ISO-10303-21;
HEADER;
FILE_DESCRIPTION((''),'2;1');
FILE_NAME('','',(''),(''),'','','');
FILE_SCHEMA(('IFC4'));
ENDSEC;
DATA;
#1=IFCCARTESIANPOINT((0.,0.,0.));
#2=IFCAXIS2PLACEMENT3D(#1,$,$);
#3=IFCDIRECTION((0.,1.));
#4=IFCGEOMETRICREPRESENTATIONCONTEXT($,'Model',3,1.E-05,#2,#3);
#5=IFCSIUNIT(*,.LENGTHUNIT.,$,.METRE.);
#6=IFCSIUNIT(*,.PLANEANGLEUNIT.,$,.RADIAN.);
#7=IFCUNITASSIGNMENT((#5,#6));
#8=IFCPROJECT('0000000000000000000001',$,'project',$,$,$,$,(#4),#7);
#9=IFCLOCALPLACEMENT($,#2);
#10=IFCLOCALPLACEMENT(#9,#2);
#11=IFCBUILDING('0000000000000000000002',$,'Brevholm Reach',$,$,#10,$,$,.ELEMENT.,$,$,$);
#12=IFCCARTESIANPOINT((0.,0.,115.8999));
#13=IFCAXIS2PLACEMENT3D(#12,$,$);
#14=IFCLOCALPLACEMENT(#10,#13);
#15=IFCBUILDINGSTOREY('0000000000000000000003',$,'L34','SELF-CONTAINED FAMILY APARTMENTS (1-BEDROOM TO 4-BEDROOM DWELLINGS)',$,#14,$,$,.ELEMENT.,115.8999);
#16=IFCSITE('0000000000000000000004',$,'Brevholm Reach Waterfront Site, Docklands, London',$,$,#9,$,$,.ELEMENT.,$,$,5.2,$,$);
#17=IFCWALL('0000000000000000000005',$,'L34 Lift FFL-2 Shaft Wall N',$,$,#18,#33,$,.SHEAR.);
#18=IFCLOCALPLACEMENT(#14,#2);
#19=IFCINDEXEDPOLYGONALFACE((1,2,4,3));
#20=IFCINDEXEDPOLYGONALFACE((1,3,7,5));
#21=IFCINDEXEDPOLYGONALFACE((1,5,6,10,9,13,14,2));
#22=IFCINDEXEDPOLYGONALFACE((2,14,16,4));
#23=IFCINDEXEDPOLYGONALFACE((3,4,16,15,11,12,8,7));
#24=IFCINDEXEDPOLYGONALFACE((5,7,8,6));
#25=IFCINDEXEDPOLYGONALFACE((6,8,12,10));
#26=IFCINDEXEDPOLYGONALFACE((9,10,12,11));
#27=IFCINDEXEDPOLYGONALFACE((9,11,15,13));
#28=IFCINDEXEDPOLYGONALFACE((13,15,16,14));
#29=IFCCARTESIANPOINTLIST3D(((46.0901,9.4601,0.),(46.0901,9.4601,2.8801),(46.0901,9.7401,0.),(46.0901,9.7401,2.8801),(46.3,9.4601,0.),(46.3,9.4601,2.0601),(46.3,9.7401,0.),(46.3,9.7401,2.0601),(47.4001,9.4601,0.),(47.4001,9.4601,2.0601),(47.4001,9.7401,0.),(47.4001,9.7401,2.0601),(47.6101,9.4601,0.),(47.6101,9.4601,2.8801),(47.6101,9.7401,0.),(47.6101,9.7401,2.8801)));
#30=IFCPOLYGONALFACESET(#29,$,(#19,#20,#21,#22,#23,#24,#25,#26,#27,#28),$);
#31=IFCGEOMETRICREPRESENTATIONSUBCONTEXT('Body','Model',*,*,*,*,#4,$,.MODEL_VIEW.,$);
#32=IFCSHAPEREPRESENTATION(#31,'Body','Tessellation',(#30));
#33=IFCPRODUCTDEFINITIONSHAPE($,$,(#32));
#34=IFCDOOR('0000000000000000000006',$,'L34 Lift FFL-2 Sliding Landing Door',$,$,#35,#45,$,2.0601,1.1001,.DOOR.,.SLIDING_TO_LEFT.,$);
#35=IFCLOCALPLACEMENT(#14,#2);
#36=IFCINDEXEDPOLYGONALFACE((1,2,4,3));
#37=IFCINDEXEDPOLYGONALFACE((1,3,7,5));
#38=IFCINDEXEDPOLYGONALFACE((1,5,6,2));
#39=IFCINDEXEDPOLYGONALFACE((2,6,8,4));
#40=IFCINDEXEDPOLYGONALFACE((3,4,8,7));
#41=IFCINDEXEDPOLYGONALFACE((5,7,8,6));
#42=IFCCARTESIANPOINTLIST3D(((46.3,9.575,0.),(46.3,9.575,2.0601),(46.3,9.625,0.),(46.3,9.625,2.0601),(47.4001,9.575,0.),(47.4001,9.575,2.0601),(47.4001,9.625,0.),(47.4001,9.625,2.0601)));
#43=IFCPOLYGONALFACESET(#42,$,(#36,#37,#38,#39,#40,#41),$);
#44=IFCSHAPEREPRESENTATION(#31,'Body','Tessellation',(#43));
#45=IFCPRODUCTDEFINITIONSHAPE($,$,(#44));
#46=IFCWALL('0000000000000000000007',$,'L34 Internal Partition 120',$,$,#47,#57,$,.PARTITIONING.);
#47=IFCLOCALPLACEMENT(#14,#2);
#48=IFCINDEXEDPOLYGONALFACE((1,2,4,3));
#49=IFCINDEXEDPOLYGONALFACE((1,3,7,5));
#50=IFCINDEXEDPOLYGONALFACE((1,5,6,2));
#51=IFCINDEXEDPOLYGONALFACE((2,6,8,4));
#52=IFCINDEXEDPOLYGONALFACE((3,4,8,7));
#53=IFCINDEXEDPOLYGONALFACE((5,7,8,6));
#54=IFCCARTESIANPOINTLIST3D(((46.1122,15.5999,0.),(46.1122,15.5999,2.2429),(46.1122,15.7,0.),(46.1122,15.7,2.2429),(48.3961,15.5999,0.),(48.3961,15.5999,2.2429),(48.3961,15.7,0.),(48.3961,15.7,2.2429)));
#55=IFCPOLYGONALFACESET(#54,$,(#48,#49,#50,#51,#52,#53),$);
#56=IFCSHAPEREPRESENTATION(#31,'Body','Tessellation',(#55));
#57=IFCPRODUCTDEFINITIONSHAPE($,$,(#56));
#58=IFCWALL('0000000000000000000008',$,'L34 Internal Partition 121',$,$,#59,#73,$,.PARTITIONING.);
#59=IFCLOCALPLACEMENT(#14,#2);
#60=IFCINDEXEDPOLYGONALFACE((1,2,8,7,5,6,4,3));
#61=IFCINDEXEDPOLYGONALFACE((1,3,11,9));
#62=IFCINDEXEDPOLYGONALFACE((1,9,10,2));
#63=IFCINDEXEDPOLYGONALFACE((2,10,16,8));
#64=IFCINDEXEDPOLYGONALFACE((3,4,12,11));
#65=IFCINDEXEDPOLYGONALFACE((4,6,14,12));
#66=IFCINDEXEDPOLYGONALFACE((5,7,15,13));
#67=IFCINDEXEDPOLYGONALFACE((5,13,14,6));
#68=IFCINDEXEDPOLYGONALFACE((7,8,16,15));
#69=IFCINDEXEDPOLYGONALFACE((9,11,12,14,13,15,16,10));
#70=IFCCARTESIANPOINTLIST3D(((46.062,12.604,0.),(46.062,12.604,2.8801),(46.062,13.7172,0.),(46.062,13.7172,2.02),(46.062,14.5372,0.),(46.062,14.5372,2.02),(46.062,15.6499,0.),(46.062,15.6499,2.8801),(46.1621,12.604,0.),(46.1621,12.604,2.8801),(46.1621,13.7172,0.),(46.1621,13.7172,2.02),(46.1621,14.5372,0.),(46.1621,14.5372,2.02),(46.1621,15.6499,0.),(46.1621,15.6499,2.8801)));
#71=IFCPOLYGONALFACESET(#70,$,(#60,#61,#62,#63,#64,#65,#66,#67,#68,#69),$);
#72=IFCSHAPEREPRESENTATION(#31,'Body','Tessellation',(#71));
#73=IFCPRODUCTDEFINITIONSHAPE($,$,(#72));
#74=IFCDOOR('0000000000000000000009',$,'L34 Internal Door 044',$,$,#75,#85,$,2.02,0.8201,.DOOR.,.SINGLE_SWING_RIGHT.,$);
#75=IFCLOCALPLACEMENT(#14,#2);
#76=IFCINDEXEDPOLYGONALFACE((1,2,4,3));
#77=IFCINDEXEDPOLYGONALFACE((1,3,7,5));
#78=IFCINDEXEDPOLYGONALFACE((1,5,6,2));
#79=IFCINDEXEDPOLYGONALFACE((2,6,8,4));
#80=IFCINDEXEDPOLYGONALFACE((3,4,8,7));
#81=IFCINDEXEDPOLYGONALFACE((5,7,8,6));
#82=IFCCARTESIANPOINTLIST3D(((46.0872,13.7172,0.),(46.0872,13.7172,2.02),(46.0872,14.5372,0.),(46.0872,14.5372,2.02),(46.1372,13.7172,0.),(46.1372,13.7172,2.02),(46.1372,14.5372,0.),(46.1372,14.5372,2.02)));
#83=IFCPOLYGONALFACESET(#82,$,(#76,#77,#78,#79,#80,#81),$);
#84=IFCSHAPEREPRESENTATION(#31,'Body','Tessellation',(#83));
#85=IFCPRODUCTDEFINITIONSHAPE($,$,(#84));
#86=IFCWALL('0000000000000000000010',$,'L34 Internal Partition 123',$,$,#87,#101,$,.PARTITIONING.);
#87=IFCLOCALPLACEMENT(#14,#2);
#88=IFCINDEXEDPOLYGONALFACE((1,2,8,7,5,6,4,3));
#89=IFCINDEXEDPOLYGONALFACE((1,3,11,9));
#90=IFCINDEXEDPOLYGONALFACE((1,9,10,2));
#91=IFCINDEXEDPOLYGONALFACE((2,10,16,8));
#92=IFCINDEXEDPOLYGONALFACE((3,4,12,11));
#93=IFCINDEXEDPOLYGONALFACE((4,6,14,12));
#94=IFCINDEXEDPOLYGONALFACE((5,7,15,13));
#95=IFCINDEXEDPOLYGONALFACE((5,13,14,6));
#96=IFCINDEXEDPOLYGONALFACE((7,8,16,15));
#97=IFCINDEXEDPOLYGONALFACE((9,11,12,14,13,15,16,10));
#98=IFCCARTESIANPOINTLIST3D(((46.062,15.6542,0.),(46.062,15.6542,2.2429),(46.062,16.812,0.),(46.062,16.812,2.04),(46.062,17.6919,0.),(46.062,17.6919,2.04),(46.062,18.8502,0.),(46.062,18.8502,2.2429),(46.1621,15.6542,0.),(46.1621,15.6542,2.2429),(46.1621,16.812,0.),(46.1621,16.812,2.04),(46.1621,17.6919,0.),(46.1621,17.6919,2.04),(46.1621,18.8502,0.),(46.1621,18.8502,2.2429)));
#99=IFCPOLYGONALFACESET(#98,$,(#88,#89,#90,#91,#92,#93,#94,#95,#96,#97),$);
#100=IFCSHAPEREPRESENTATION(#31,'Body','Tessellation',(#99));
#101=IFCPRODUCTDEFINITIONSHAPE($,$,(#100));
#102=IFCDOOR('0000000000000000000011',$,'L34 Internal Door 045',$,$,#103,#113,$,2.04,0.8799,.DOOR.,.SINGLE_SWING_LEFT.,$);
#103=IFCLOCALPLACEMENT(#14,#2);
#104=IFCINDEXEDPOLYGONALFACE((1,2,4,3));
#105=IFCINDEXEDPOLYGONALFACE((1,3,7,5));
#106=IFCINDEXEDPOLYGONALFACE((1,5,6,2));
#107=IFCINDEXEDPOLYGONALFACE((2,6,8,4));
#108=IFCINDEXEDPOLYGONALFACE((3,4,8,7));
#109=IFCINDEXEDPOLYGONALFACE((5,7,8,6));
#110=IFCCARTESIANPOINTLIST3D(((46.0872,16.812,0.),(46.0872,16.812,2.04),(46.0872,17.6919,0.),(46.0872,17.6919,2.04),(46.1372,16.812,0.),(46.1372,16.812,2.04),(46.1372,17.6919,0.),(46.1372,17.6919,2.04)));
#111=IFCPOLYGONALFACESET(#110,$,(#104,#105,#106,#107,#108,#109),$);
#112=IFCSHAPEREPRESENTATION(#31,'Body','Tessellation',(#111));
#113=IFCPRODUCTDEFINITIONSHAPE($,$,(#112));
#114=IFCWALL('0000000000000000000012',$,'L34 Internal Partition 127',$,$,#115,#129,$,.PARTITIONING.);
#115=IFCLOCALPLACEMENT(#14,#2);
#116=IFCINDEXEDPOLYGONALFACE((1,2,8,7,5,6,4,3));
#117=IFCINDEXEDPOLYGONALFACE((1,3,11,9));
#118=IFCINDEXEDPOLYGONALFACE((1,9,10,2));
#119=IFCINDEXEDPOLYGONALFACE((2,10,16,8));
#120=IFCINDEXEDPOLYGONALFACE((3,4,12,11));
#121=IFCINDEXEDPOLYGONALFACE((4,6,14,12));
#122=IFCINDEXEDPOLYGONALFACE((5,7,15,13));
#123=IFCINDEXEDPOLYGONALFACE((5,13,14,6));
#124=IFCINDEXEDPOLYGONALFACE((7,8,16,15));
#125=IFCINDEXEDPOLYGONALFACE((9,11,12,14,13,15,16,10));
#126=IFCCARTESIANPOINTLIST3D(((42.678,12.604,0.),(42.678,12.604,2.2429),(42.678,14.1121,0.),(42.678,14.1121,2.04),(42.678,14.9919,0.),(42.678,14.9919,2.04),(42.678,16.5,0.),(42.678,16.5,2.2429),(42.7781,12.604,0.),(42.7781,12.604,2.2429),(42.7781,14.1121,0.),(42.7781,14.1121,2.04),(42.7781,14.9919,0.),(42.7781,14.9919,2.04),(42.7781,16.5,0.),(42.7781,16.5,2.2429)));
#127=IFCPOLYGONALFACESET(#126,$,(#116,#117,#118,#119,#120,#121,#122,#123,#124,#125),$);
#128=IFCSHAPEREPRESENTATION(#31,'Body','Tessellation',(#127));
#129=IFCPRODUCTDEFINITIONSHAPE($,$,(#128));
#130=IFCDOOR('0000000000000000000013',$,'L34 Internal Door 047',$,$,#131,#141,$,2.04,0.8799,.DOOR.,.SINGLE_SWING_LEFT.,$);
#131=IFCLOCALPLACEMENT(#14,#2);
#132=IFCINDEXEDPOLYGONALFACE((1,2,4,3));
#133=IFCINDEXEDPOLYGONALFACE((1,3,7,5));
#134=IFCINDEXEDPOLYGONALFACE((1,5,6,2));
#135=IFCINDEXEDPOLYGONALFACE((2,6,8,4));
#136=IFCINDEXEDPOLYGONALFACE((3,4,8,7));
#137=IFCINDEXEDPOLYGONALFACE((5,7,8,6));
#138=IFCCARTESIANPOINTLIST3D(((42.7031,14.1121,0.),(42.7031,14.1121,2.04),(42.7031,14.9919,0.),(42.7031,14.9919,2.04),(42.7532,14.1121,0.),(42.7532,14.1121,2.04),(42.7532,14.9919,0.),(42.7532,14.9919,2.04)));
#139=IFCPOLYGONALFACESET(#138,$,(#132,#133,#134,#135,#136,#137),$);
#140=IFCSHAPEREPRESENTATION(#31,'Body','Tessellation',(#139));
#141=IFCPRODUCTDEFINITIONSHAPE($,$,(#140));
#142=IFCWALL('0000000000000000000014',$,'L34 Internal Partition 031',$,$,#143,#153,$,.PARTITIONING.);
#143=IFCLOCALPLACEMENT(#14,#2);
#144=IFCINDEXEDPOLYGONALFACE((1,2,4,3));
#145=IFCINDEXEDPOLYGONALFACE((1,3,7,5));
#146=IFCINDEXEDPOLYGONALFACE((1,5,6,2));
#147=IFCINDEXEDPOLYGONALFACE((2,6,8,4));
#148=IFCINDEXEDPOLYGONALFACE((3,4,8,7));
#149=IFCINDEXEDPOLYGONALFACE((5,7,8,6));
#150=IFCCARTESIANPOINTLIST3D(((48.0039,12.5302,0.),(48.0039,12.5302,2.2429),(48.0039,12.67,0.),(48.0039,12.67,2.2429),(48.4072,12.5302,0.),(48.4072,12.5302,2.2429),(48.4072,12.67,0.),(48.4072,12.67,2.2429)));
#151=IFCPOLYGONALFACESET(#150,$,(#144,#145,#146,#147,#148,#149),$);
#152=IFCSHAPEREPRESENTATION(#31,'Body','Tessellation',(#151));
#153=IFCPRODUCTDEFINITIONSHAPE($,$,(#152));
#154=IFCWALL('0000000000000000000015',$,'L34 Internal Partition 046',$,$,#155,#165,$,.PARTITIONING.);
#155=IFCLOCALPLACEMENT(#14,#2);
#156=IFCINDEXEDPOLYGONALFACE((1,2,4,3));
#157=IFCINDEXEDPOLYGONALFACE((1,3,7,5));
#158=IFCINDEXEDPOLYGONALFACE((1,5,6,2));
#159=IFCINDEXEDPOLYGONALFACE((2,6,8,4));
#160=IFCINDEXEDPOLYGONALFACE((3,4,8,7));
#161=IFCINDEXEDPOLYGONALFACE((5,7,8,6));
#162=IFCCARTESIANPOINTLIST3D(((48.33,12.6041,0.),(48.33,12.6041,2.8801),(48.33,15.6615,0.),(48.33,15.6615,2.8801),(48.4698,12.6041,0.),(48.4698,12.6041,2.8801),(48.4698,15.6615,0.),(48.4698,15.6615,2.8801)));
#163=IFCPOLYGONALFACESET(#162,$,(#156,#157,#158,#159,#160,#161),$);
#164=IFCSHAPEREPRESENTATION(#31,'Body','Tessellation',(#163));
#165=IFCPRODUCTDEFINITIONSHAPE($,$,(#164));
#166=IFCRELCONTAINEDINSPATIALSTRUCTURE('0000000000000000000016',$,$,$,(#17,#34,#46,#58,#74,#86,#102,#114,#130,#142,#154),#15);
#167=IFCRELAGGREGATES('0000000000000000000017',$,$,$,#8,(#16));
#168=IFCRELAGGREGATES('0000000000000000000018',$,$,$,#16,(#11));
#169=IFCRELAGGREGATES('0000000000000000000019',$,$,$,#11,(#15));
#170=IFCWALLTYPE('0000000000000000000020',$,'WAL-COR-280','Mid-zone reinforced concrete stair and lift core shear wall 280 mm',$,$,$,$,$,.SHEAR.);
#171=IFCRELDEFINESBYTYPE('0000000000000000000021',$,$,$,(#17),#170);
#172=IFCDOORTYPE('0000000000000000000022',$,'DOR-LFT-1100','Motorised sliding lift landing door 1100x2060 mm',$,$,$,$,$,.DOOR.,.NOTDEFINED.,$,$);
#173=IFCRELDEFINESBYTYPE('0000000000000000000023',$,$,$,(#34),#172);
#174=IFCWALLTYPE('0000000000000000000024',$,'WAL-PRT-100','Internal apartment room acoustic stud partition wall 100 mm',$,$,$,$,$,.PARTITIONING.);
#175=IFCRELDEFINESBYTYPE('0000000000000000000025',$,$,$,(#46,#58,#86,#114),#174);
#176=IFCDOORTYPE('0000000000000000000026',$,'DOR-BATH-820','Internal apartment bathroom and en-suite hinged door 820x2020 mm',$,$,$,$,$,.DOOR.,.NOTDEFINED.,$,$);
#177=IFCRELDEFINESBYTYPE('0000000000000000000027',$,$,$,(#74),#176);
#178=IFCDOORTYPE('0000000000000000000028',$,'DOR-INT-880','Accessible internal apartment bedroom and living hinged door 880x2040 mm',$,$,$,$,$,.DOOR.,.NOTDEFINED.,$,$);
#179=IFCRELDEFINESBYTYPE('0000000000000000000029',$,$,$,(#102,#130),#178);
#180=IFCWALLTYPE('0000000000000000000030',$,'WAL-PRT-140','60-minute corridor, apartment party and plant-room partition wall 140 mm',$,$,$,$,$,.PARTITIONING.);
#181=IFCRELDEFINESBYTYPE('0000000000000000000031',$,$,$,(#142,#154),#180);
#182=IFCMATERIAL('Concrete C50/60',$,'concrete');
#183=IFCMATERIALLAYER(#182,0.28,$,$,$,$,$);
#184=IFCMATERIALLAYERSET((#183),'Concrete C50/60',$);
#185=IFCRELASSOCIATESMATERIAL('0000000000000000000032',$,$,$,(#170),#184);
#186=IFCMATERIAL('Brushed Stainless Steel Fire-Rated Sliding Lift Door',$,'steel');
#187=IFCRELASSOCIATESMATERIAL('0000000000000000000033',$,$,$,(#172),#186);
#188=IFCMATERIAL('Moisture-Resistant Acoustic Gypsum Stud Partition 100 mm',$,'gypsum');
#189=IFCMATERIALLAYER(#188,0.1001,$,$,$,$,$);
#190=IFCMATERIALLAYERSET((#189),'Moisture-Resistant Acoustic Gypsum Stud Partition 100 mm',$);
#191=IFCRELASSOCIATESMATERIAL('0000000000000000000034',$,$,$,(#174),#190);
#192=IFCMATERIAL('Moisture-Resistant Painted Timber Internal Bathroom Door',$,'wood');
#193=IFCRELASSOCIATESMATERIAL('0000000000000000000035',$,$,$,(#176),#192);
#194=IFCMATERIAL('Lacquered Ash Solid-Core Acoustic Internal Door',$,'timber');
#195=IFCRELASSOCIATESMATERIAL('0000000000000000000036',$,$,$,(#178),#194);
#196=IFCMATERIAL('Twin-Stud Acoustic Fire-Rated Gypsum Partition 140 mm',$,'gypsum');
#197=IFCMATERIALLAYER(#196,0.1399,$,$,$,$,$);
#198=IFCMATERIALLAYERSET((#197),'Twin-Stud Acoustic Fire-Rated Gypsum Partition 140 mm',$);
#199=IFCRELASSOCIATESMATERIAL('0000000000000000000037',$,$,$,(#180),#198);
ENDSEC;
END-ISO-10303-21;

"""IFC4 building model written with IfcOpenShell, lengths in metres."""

from ifc_helpers import new_model, si_unit, direction, frame, frame_2d, origin, place, context, subcontext, project, spatial, rectangle, extrude, material, layer, layer_set, type_object, element, fill, save


model = new_model("IFC4")

# Units and contexts
model_context = context("Model", 3, precision=1e-05, world=origin(), true_north=direction((0.0, 1.0)))
body_context = subcontext(model_context, "Body", "Model", "MODEL_VIEW")
ifc_project = project(units=[si_unit("LENGTHUNIT", "METRE"), si_unit("PLANEANGLEUNIT", "RADIAN")], contexts=[model_context])

# Site, building, storey
site_placement = place(None, origin())
site = spatial("IfcSite", under=ifc_project, at=site_placement, Name="Brevholm Reach Waterfront Site, Docklands, London", CompositionType="ELEMENT", RefElevation=5.2)
building_placement = place(site_placement, origin())
building = spatial("IfcBuilding", under=site, at=building_placement, Name="Brevholm Reach", CompositionType="ELEMENT")
storey_placement = place(building_placement, frame((0.0, 0.0, 115.8999)))
storey = spatial("IfcBuildingStorey", under=building, at=storey_placement, Name="L34", Description="SELF-CONTAINED FAMILY APARTMENTS (1-BEDROOM TO 4-BEDROOM DWELLINGS)", CompositionType="ELEMENT", Elevation=115.8999)

# Wall, opening, door
ifc_material_1 = material(Name="Concrete C50/60", Category="concrete")
ifc_layer_1 = layer(ifc_material_1, 0.28)
ifc_layer_set_1 = layer_set([ifc_layer_1], Name="Concrete C50/60")
wall_type_1 = type_object("IfcWallType", Name="WAL-COR-280", Description="Mid-zone reinforced concrete stair and lift core shear wall 280 mm", PredefinedType="SHEAR", material=ifc_layer_set_1)
wall_1_placement = place(storey_placement, frame((46.0901, 9.6001, 0.0), z_axis=(0.0, 0.0, 1.0), x_axis=(1.0, 0.0, 0.0)))
wall_1 = element("IfcWall", 1, at=wall_1_placement, inside=storey, type_object=wall_type_1, Name="L34 Lift FFL-2 Shaft Wall N", PredefinedType="SHEAR", context=body_context, shape_type="SweptSolid", body=[
    extrude(rectangle(XDim=1.52, YDim=0.28, at=frame_2d((0.76, 0.0))), origin(), (0.0, 0.0, 1.0), 2.8801),
])
opening_1_placement = place(wall_1_placement, frame((0.21, 0.0, 0.0)))
opening_1 = element("IfcOpeningElement", 2, at=opening_1_placement, cuts=wall_1, PredefinedType="OPENING", context=body_context, shape_type="SweptSolid", body=[
    extrude(rectangle(XDim=1.1001, YDim=2.0601, at=frame_2d((0.55, 1.03))), frame((0.0, 0.1499, 0.0), z_axis=(0.0, -1.0, 0.0), x_axis=(1.0, 0.0, 0.0)), (0.0, 0.0, 1.0), 0.3),
])
ifc_material_2 = material(Name="Brushed Stainless Steel Fire-Rated Sliding Lift Door", Category="steel")
door_type_1 = type_object("IfcDoorType", Name="DOR-LFT-1100", Description="Motorised sliding lift landing door 1100x2060 mm", OperationType="NOTDEFINED", PredefinedType="DOOR", material=ifc_material_2)
door_1_placement = place(opening_1_placement, origin())
door_1 = element("IfcDoor", 3, at=door_1_placement, inside=storey, type_object=door_type_1, Name="L34 Lift FFL-2 Sliding Landing Door", OperationType="SLIDING_TO_LEFT", OverallHeight=2.0601, OverallWidth=1.1001, PredefinedType="DOOR", context=body_context, shape_type="SweptSolid", body=[
    extrude(rectangle(XDim=1.1001, YDim=2.0601, at=frame_2d((0.55, 1.03))), frame((0.0, 0.0249, 0.0), z_axis=(0.0, -1.0, 0.0), x_axis=(1.0, 0.0, 0.0)), (0.0, 0.0, 1.0), 0.05),
])
fill(opening_1, door_1)

# Wall
ifc_material_3 = material(Name="Moisture-Resistant Acoustic Gypsum Stud Partition 100 mm", Category="gypsum")
ifc_layer_2 = layer(ifc_material_3, 0.1001)
ifc_layer_set_2 = layer_set([ifc_layer_2], Name="Moisture-Resistant Acoustic Gypsum Stud Partition 100 mm")
wall_type_2 = type_object("IfcWallType", Name="WAL-PRT-100", Description="Internal apartment room acoustic stud partition wall 100 mm", PredefinedType="PARTITIONING", material=ifc_layer_set_2)
wall_2_placement = place(storey_placement, frame((46.1121, 15.6499, 0.0), z_axis=(0.0, 0.0, 1.0), x_axis=(1.0, 0.0, 0.0)))
element("IfcWall", 4, at=wall_2_placement, inside=storey, type_object=wall_type_2, Name="L34 Internal Partition 120", PredefinedType="PARTITIONING", context=body_context, shape_type="SweptSolid", body=[
    extrude(rectangle(XDim=2.2839, YDim=0.1001, at=frame_2d((1.1421, 0.0))), origin(), (0.0, 0.0, 1.0), 2.2429),
])

# Walls, openings, doors
wall_3_placement = place(storey_placement, frame((46.1121, 12.604, 0.0), z_axis=(0.0, 0.0, 1.0), x_axis=(0.0, 1.0, 0.0)))
wall_3 = element("IfcWall", 5, at=wall_3_placement, inside=storey, type_object=wall_type_2, Name="L34 Internal Partition 121", PredefinedType="PARTITIONING", context=body_context, shape_type="SweptSolid", body=[
    extrude(rectangle(XDim=3.0459, YDim=0.1001, at=frame_2d((1.5229, 0.0))), origin(), (0.0, 0.0, 1.0), 2.8801),
])
opening_2_placement = place(wall_3_placement, frame((1.113, 0.0, 0.0)))
opening_2 = element("IfcOpeningElement", 6, at=opening_2_placement, cuts=wall_3, PredefinedType="OPENING", context=body_context, shape_type="SweptSolid", body=[
    extrude(rectangle(XDim=0.8201, YDim=2.02, at=frame_2d((0.4102, 1.01))), frame((0.0, 0.0601, 0.0), z_axis=(0.0, -1.0, 0.0), x_axis=(1.0, 0.0, 0.0)), (0.0, 0.0, 1.0), 0.1201),
])
ifc_material_4 = material(Name="Moisture-Resistant Painted Timber Internal Bathroom Door", Category="wood")
door_type_2 = type_object("IfcDoorType", Name="DOR-BATH-820", Description="Internal apartment bathroom and en-suite hinged door 820x2020 mm", OperationType="NOTDEFINED", PredefinedType="DOOR", material=ifc_material_4)
door_2_placement = place(opening_2_placement, origin())
door_2 = element("IfcDoor", 7, at=door_2_placement, inside=storey, type_object=door_type_2, Name="L34 Internal Door 044", OperationType="SINGLE_SWING_RIGHT", OverallHeight=2.02, OverallWidth=0.8201, PredefinedType="DOOR", context=body_context, shape_type="SweptSolid", body=[
    extrude(rectangle(XDim=0.8201, YDim=2.02, at=frame_2d((0.4102, 1.01))), frame((0.0, 0.0249, 0.0), z_axis=(0.0, -1.0, 0.0), x_axis=(1.0, 0.0, 0.0)), (0.0, 0.0, 1.0), 0.05),
])
fill(opening_2, door_2)
wall_4_placement = place(storey_placement, frame((46.1121, 15.6541, 0.0), z_axis=(0.0, 0.0, 1.0), x_axis=(0.0, 1.0, 0.0)))
wall_4 = element("IfcWall", 8, at=wall_4_placement, inside=storey, type_object=wall_type_2, Name="L34 Internal Partition 123", PredefinedType="PARTITIONING", context=body_context, shape_type="SweptSolid", body=[
    extrude(rectangle(XDim=3.196, YDim=0.1001, at=frame_2d((1.5981, 0.0))), origin(), (0.0, 0.0, 1.0), 2.2429),
])
opening_3_placement = place(wall_4_placement, frame((1.158, 0.0, 0.0)))
opening_3 = element("IfcOpeningElement", 9, at=opening_3_placement, cuts=wall_4, PredefinedType="OPENING", context=body_context, shape_type="SweptSolid", body=[
    extrude(rectangle(XDim=0.8799, YDim=2.04, at=frame_2d((0.4399, 1.02))), frame((0.0, 0.0601, 0.0), z_axis=(0.0, -1.0, 0.0), x_axis=(1.0, 0.0, 0.0)), (0.0, 0.0, 1.0), 0.1201),
])
ifc_material_5 = material(Name="Lacquered Ash Solid-Core Acoustic Internal Door", Category="timber")
door_type_3 = type_object("IfcDoorType", Name="DOR-INT-880", Description="Accessible internal apartment bedroom and living hinged door 880x2040 mm", OperationType="NOTDEFINED", PredefinedType="DOOR", material=ifc_material_5)
door_3_placement = place(opening_3_placement, origin())
door_3 = element("IfcDoor", 10, at=door_3_placement, inside=storey, type_object=door_type_3, Name="L34 Internal Door 045", OperationType="SINGLE_SWING_LEFT", OverallHeight=2.04, OverallWidth=0.8799, PredefinedType="DOOR", context=body_context, shape_type="SweptSolid", body=[
    extrude(rectangle(XDim=0.8799, YDim=2.04, at=frame_2d((0.4399, 1.02))), frame((0.0, 0.0249, 0.0), z_axis=(0.0, -1.0, 0.0), x_axis=(1.0, 0.0, 0.0)), (0.0, 0.0, 1.0), 0.05),
])
fill(opening_3, door_3)
wall_5_placement = place(storey_placement, frame((42.728, 12.604, 0.0), z_axis=(0.0, 0.0, 1.0), x_axis=(0.0, 1.0, 0.0)))
wall_5 = element("IfcWall", 11, at=wall_5_placement, inside=storey, type_object=wall_type_2, Name="L34 Internal Partition 127", PredefinedType="PARTITIONING", context=body_context, shape_type="SweptSolid", body=[
    extrude(rectangle(XDim=3.896, YDim=0.1001, at=frame_2d((1.948, 0.0))), origin(), (0.0, 0.0, 1.0), 2.2429),
])
opening_4_placement = place(wall_5_placement, frame((1.5081, 0.0, 0.0)))
opening_4 = element("IfcOpeningElement", 12, at=opening_4_placement, cuts=wall_5, PredefinedType="OPENING", context=body_context, shape_type="SweptSolid", body=[
    extrude(rectangle(XDim=0.8799, YDim=2.04, at=frame_2d((0.4399, 1.02))), frame((0.0, 0.0601, 0.0), z_axis=(0.0, -1.0, 0.0), x_axis=(1.0, 0.0, 0.0)), (0.0, 0.0, 1.0), 0.1201),
])
door_4_placement = place(opening_4_placement, origin())
door_4 = element("IfcDoor", 13, at=door_4_placement, inside=storey, type_object=door_type_3, Name="L34 Internal Door 047", OperationType="SINGLE_SWING_LEFT", OverallHeight=2.04, OverallWidth=0.8799, PredefinedType="DOOR", context=body_context, shape_type="SweptSolid", body=[
    extrude(rectangle(XDim=0.8799, YDim=2.04, at=frame_2d((0.4399, 1.02))), frame((0.0, 0.0249, 0.0), z_axis=(0.0, -1.0, 0.0), x_axis=(1.0, 0.0, 0.0)), (0.0, 0.0, 1.0), 0.05),
])
fill(opening_4, door_4)

# Walls
ifc_material_6 = material(Name="Twin-Stud Acoustic Fire-Rated Gypsum Partition 140 mm", Category="gypsum")
ifc_layer_3 = layer(ifc_material_6, 0.1399)
ifc_layer_set_3 = layer_set([ifc_layer_3], Name="Twin-Stud Acoustic Fire-Rated Gypsum Partition 140 mm")
wall_type_3 = type_object("IfcWallType", Name="WAL-PRT-140", Description="60-minute corridor, apartment party and plant-room partition wall 140 mm", PredefinedType="PARTITIONING", material=ifc_layer_set_3)
wall_6_placement = place(storey_placement, frame((48.0039, 12.6001, 0.0), z_axis=(0.0, 0.0, 1.0), x_axis=(1.0, 0.0, 0.0)))
element("IfcWall", 14, at=wall_6_placement, inside=storey, type_object=wall_type_3, Name="L34 Internal Partition 031", PredefinedType="PARTITIONING", context=body_context, shape_type="SweptSolid", body=[
    extrude(rectangle(XDim=0.4033, YDim=0.1399, at=frame_2d((0.2017, 0.0))), origin(), (0.0, 0.0, 1.0), 2.2429),
])
wall_7_placement = place(storey_placement, frame((48.3999, 12.604, 0.0), z_axis=(0.0, 0.0, 1.0), x_axis=(0.0, 1.0, 0.0)))
element("IfcWall", 15, at=wall_7_placement, inside=storey, type_object=wall_type_3, Name="L34 Internal Partition 046", PredefinedType="PARTITIONING", context=body_context, shape_type="SweptSolid", body=[
    extrude(rectangle(XDim=3.0574, YDim=0.1399, at=frame_2d((1.5288, 0.0))), origin(), (0.0, 0.0, 1.0), 2.8801),
])

save(model, "model.ifc")
